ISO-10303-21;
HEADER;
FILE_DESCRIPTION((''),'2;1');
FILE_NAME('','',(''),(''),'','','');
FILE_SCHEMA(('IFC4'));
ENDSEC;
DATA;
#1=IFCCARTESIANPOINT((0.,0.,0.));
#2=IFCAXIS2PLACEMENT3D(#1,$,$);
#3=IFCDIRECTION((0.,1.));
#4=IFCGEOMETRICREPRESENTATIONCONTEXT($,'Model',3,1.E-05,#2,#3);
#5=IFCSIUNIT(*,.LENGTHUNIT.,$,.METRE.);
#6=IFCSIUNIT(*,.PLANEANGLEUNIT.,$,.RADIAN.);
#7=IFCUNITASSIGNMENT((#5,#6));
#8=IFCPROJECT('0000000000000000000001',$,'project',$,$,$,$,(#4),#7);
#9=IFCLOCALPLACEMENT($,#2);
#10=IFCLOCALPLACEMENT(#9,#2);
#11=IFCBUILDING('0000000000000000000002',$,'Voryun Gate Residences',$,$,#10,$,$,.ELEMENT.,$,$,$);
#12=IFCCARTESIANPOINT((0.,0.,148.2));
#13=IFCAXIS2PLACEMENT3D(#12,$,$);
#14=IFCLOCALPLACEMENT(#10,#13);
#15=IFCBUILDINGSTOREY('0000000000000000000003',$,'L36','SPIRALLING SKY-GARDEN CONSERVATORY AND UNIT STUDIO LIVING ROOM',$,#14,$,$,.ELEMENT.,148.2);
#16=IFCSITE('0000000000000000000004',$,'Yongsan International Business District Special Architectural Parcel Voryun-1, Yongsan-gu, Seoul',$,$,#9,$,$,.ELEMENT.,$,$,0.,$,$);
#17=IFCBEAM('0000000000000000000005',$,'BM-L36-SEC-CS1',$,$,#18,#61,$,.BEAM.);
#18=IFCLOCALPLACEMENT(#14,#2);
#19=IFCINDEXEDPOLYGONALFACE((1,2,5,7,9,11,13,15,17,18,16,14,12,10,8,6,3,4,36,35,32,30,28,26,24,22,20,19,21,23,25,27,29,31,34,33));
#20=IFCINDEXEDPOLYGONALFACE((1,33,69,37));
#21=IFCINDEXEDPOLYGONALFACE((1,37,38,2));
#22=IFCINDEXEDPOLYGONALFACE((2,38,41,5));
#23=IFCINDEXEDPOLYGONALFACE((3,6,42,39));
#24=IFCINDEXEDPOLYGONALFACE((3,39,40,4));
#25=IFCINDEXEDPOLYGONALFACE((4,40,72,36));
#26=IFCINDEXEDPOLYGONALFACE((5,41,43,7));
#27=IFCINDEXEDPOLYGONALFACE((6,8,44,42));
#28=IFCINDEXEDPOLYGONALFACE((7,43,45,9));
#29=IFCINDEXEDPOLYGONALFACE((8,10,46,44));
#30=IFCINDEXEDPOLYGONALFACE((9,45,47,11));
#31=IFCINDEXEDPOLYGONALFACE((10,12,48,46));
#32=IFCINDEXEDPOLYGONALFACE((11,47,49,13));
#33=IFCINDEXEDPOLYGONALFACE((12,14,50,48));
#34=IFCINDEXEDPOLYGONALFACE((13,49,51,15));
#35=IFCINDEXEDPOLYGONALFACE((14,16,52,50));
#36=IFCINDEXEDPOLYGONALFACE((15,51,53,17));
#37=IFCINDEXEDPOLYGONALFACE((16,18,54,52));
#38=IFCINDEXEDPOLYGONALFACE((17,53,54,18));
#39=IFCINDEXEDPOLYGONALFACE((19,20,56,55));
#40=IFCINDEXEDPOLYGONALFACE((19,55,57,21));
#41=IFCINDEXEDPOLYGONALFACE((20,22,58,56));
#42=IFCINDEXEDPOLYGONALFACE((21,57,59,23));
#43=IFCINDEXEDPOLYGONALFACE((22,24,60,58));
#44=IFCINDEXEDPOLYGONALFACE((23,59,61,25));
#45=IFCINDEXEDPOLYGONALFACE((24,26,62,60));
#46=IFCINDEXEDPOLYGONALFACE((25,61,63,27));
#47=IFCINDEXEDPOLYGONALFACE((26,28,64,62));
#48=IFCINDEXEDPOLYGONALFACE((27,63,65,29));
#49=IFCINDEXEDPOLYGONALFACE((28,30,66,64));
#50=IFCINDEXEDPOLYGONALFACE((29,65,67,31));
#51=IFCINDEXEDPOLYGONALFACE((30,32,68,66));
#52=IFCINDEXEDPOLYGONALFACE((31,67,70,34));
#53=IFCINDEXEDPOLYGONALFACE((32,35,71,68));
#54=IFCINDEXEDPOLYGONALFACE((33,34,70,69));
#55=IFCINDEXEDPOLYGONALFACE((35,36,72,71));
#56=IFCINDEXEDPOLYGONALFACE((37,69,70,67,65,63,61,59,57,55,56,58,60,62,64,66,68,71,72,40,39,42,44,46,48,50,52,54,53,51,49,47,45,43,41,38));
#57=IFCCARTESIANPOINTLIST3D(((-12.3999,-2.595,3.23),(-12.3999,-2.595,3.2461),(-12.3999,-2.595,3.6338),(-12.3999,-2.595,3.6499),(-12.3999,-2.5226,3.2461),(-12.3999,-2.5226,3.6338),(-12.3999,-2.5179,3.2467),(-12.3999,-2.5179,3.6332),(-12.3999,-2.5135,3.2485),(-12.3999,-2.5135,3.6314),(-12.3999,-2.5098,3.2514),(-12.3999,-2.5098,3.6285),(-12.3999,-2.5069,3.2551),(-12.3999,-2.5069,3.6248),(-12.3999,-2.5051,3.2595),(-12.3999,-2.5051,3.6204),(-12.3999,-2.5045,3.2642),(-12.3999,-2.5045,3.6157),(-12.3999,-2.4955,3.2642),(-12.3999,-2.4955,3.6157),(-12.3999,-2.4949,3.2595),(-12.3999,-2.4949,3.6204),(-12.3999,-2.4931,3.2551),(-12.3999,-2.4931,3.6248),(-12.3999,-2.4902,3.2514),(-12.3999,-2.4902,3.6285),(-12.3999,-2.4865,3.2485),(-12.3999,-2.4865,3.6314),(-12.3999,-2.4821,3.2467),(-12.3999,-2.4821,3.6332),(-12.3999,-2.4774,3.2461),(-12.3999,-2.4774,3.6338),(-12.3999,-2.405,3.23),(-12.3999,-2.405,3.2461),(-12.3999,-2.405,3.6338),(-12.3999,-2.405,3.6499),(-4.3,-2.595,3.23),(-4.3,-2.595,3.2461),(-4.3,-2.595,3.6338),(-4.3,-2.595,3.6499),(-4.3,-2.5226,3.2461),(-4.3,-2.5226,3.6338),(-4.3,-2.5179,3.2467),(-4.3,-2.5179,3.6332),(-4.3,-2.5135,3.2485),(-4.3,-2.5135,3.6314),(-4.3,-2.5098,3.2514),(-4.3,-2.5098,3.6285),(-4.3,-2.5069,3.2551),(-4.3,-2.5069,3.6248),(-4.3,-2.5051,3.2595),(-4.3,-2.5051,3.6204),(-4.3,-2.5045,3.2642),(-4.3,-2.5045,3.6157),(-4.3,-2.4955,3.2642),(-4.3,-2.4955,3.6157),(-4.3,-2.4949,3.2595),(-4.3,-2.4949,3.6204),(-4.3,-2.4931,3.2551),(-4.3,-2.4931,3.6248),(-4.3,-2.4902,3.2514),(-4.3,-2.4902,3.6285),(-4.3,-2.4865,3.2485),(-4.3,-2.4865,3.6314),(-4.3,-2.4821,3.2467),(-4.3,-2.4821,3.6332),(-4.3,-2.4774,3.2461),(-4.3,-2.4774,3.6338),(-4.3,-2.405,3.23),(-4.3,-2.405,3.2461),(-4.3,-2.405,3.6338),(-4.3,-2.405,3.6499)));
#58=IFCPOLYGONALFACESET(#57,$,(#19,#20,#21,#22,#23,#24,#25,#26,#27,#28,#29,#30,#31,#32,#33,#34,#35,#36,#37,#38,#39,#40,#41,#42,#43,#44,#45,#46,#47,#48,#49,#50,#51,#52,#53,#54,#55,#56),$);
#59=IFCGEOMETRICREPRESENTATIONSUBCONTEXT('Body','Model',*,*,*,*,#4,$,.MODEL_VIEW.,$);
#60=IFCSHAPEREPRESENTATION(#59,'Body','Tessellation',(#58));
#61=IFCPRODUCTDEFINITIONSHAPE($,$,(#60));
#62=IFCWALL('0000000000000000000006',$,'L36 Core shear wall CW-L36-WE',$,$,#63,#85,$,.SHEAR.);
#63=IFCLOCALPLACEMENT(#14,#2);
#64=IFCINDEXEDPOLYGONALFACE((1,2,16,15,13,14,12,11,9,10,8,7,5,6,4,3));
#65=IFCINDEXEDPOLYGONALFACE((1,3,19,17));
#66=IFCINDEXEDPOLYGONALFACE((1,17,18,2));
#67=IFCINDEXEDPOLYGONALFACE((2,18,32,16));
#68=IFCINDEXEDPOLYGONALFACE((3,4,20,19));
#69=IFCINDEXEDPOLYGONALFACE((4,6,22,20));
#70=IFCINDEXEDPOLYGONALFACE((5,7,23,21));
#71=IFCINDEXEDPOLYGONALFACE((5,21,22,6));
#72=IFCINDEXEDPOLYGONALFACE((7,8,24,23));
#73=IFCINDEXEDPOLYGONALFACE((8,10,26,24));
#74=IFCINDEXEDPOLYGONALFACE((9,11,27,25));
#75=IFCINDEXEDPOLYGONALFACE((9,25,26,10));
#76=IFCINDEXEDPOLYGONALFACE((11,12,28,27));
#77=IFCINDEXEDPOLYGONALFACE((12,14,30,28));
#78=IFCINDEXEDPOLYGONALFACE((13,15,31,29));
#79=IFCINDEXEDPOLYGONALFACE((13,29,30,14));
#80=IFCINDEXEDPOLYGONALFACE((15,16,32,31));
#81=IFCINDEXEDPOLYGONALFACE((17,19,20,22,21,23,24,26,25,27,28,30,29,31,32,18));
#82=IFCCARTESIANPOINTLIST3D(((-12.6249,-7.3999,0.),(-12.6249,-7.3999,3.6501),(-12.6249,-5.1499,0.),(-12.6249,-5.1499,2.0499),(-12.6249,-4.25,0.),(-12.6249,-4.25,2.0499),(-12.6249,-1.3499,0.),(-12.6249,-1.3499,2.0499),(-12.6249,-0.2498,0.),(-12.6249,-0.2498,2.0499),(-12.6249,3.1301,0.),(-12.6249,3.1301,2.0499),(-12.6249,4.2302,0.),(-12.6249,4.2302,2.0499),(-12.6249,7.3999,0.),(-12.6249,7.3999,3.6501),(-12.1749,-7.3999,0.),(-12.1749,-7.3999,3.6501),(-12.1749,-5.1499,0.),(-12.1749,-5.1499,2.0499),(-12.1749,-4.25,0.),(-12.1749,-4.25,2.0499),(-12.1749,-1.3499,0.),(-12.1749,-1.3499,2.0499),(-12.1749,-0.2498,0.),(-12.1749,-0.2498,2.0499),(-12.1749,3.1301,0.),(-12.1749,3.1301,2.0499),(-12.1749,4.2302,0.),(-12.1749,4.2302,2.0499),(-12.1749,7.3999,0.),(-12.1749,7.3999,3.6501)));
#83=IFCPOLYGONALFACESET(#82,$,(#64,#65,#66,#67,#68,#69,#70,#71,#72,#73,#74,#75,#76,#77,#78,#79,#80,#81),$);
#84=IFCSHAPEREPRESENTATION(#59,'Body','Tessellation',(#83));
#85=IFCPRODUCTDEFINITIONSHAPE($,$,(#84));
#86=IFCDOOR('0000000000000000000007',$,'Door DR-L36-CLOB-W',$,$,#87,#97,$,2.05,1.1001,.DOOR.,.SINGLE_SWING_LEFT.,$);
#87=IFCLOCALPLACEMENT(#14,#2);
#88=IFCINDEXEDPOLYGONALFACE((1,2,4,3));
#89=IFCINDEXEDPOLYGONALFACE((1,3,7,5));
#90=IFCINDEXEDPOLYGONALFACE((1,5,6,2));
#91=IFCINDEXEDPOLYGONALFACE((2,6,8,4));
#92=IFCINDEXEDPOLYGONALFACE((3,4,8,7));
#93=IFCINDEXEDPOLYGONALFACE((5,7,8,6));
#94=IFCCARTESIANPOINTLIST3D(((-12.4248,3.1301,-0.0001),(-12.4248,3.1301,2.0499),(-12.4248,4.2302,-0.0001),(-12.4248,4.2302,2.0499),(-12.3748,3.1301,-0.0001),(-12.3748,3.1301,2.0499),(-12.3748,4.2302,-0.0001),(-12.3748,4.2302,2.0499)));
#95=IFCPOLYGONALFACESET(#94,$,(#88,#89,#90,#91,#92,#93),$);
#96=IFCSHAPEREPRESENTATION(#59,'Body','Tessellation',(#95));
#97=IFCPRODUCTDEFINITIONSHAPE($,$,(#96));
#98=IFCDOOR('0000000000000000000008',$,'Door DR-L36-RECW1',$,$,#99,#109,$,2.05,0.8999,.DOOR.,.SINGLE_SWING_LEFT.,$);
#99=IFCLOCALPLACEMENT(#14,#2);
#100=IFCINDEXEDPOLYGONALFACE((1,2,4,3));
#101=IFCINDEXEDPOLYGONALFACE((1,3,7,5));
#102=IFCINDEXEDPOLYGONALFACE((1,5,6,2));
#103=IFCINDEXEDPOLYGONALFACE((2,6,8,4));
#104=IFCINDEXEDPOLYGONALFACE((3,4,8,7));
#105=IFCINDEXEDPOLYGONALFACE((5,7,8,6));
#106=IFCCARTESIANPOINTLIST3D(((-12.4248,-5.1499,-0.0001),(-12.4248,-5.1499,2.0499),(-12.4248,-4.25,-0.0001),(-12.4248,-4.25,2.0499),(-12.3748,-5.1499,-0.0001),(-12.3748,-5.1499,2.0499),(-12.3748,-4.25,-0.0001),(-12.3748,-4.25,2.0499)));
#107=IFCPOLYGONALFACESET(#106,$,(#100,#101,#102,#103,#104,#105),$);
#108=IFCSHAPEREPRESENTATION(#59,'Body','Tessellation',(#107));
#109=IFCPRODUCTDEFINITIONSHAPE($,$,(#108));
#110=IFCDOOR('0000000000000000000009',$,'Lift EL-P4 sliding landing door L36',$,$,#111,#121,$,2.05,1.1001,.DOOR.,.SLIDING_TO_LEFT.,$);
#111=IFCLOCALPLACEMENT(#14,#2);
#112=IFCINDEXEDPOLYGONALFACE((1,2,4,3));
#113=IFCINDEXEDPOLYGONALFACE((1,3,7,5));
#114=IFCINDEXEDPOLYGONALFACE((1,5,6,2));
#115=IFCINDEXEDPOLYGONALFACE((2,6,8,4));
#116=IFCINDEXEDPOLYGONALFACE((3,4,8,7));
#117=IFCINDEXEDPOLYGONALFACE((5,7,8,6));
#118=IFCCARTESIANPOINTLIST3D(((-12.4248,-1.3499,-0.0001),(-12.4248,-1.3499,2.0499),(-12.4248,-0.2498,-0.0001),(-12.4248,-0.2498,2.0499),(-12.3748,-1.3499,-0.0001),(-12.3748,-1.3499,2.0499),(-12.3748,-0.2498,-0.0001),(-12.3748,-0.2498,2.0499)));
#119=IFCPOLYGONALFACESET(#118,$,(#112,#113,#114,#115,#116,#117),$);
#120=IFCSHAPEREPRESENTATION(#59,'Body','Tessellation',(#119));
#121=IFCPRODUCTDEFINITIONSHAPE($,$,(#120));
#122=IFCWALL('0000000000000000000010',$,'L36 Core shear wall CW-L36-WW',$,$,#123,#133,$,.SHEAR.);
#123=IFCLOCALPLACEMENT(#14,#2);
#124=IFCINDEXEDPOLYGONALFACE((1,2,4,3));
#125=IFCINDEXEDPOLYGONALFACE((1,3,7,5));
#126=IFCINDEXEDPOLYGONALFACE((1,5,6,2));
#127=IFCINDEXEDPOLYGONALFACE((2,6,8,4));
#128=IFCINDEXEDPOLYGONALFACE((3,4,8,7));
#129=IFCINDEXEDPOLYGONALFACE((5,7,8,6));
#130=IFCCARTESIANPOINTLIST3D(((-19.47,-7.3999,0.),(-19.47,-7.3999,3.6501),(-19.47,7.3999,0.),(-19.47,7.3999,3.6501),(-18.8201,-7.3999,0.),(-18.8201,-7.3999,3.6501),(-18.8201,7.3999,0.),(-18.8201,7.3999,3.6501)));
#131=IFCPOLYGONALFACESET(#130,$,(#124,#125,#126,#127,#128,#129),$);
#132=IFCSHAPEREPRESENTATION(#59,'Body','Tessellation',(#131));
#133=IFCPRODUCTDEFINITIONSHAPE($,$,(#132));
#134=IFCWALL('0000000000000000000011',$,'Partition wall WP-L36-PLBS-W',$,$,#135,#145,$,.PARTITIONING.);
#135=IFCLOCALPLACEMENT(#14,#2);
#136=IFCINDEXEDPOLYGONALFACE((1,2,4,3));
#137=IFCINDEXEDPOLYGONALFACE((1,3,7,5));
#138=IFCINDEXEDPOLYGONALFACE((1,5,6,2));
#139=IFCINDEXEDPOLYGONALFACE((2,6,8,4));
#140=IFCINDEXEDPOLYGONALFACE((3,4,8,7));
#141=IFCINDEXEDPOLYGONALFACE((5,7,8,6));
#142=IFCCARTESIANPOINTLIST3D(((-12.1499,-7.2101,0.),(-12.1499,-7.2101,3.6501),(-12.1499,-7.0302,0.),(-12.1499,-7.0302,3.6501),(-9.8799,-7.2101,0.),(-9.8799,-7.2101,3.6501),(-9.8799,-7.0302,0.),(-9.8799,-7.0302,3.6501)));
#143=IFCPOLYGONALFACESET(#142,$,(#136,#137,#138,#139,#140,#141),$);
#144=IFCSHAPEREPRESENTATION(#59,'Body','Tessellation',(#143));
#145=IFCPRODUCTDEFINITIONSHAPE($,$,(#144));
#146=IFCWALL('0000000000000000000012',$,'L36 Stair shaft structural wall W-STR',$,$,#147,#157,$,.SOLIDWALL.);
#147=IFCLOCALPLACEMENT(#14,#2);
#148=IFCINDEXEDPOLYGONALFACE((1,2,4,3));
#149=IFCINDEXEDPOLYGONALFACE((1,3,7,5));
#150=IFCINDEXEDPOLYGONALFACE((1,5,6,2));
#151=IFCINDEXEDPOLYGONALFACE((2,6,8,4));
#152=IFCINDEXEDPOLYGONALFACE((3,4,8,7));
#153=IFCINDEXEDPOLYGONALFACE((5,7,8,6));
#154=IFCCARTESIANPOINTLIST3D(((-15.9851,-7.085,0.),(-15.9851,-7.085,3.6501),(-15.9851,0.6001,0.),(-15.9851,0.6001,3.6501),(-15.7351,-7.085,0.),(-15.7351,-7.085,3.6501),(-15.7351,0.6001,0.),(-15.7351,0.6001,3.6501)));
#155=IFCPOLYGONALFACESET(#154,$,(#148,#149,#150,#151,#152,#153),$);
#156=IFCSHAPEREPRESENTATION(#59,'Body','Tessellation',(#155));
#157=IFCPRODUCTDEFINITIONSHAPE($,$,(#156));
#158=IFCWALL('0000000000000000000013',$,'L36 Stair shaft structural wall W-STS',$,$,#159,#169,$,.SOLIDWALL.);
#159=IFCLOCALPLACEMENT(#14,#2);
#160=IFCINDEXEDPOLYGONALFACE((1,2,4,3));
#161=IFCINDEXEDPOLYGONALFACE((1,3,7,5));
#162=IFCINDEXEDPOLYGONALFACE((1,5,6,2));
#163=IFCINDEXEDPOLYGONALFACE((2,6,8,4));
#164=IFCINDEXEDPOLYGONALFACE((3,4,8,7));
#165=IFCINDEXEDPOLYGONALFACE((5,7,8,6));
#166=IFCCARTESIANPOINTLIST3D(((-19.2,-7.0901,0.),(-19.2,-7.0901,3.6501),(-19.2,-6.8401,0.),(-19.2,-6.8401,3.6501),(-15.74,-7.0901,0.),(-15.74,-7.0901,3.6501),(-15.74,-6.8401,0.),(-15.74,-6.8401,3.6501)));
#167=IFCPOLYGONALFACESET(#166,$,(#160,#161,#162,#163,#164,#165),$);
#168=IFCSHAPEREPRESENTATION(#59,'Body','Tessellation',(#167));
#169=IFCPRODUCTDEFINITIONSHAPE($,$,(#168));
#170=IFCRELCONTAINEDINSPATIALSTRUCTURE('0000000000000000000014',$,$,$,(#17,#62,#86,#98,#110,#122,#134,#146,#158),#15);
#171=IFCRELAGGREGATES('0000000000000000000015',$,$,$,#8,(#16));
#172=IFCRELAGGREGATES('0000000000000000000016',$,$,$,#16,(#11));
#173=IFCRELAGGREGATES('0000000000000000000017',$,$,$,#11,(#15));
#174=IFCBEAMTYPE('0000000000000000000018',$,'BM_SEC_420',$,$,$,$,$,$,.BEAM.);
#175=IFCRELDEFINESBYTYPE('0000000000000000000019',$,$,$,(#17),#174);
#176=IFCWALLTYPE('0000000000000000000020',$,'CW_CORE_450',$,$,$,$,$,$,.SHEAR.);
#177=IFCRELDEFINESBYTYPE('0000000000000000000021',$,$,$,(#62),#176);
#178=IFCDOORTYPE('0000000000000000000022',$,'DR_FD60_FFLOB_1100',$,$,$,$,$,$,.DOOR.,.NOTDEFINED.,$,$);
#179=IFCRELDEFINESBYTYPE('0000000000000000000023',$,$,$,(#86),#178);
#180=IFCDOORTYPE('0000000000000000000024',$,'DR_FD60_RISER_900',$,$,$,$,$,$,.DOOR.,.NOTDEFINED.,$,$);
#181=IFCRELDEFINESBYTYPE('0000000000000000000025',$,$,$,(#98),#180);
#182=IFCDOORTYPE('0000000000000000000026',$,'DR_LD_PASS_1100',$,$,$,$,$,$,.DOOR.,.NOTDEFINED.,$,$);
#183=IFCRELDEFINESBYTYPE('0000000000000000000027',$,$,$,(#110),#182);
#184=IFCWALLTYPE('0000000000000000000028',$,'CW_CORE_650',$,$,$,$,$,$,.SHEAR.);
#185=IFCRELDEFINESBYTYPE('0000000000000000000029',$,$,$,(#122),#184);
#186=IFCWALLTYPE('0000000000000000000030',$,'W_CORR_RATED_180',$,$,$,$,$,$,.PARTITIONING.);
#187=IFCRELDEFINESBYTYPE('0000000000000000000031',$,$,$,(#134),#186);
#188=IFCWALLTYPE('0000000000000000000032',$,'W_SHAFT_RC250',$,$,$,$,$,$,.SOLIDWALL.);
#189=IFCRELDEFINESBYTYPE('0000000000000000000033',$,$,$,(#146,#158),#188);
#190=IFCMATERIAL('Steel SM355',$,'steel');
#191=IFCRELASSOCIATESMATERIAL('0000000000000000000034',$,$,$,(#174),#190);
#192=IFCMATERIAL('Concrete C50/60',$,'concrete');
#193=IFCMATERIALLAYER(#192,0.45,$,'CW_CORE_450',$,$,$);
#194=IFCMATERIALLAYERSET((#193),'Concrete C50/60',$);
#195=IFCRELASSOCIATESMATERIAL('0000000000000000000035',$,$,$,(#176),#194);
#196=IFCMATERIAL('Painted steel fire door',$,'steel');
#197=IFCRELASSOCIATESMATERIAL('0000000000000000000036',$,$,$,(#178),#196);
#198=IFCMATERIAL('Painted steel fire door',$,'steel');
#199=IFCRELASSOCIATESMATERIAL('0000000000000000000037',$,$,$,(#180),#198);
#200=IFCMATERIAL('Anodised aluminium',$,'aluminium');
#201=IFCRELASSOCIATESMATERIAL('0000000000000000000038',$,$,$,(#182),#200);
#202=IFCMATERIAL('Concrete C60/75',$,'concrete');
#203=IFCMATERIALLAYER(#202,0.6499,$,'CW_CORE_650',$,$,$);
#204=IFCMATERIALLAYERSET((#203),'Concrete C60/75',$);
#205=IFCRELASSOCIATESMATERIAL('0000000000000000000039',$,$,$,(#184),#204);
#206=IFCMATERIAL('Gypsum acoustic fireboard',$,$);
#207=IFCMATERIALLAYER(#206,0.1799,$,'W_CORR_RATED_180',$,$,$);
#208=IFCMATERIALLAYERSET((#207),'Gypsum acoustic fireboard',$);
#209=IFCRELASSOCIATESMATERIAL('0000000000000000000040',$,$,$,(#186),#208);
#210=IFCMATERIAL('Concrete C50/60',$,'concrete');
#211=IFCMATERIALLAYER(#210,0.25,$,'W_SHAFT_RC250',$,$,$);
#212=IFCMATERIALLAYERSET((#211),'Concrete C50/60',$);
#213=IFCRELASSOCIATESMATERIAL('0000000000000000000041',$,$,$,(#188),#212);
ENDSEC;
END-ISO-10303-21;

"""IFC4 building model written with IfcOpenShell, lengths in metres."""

from ifc_helpers import new_model, si_unit, direction, frame, frame_2d, origin, origin_2d, place, context, subcontext, project, spatial, rectangle, i_section, extrude, material, layer, layer_set, material_profile, profile_set, type_object, element, fill, save


model = new_model("IFC4")

# Units and contexts
model_context = context("Model", 3, precision=1e-05, world=origin(), true_north=direction((0.0, 1.0)))
body_context = subcontext(model_context, "Body", "Model", "MODEL_VIEW")
ifc_project = project(units=[si_unit("LENGTHUNIT", "METRE"), si_unit("PLANEANGLEUNIT", "RADIAN")], contexts=[model_context])

# Site, building, storey
site_placement = place(None, origin())
site = spatial("IfcSite", under=ifc_project, at=site_placement, Name="Yongsan International Business District Special Architectural Parcel Voryun-1, Yongsan-gu, Seoul", CompositionType="ELEMENT", RefElevation=0.0)
building_placement = place(site_placement, origin())
building = spatial("IfcBuilding", under=site, at=building_placement, Name="Voryun Gate Residences", CompositionType="ELEMENT")
storey_placement = place(building_placement, frame((0.0, 0.0, 148.2)))
storey = spatial("IfcBuildingStorey", under=building, at=storey_placement, Name="L36", Description="SPIRALLING SKY-GARDEN CONSERVATORY AND UNIT STUDIO LIVING ROOM", CompositionType="ELEMENT", Elevation=148.2)

# Beam
ifc_material_1 = material(Name="Steel SM355", Category="steel")
ifc_material_profile_1 = material_profile(ifc_material_1, i_section(OverallWidth=0.1899, OverallDepth=0.4199, WebThickness=0.009, FlangeThickness=0.0161, FilletRadius=0.0181, at=origin_2d()), Name="H-420x190x9x16")
ifc_profile_set_1 = profile_set([ifc_material_profile_1], Name="Steel SM355")
beam_type_1 = type_object("IfcBeamType", Name="BM_SEC_420", PredefinedType="BEAM", material=ifc_profile_set_1)
beam_1_placement = place(storey_placement, frame((-12.3999, -2.5, 3.4399), z_axis=(1.0, 0.0, 0.0), x_axis=(0.0, 1.0, 0.0)))
element("IfcBeam", 1, at=beam_1_placement, inside=storey, type_object=beam_type_1, Name="BM-L36-SEC-CS1", PredefinedType="BEAM", context=body_context, shape_type="SweptSolid", body=[
    extrude(i_section(OverallWidth=0.1899, OverallDepth=0.4199, WebThickness=0.009, FlangeThickness=0.0161, FilletRadius=0.0181, at=origin_2d()), origin(), (0.0, 0.0, 1.0), 8.0999),
])

# Wall, openings, doors
ifc_material_2 = material(Name="Concrete C50/60", Category="concrete")
ifc_layer_1 = layer(ifc_material_2, 0.45, Name="CW_CORE_450")
ifc_layer_set_1 = layer_set([ifc_layer_1], Name="Concrete C50/60")
wall_type_1 = type_object("IfcWallType", Name="CW_CORE_450", PredefinedType="SHEAR", material=ifc_layer_set_1)
wall_1_placement = place(storey_placement, frame((-12.3999, -7.3999, 0.0), z_axis=(0.0, 0.0, 1.0), x_axis=(0.0, 1.0, 0.0)))
wall_1 = element("IfcWall", 2, at=wall_1_placement, inside=storey, type_object=wall_type_1, Name="L36 Core shear wall CW-L36-WE", PredefinedType="SHEAR", context=body_context, shape_type="SweptSolid", body=[
    extrude(rectangle(XDim=14.7998, YDim=0.45, at=frame_2d((7.3999, 0.0))), origin(), (0.0, 0.0, 1.0), 3.6501),
])
opening_1_placement = place(wall_1_placement, frame((6.05, 0.0, 0.0)))
opening_1 = element("IfcOpeningElement", 3, at=opening_1_placement, cuts=wall_1, PredefinedType="OPENING", context=body_context, shape_type="SweptSolid", body=[
    extrude(rectangle(XDim=1.1001, YDim=2.05, at=frame_2d((0.55, 1.0249))), frame((0.0, 0.2351, 0.0), z_axis=(0.0, -1.0, 0.0), x_axis=(1.0, 0.0, 0.0)), (0.0, 0.0, 1.0), 0.47),
])
opening_2_placement = place(wall_1_placement, frame((10.53, 0.0, 0.0)))
opening_2 = element("IfcOpeningElement", 4, at=opening_2_placement, cuts=wall_1, PredefinedType="OPENING", context=body_context, shape_type="SweptSolid", body=[
    extrude(rectangle(XDim=1.1001, YDim=2.05, at=frame_2d((0.55, 1.0249))), frame((0.0, 0.2351, 0.0), z_axis=(0.0, -1.0, 0.0), x_axis=(1.0, 0.0, 0.0)), (0.0, 0.0, 1.0), 0.47),
])
opening_3_placement = place(wall_1_placement, frame((2.25, 0.0, 0.0)))
opening_3 = element("IfcOpeningElement", 5, at=opening_3_placement, cuts=wall_1, PredefinedType="OPENING", context=body_context, shape_type="SweptSolid", body=[
    extrude(rectangle(XDim=0.8999, YDim=2.05, at=frame_2d((0.45, 1.0249))), frame((0.0, 0.2351, 0.0), z_axis=(0.0, -1.0, 0.0), x_axis=(1.0, 0.0, 0.0)), (0.0, 0.0, 1.0), 0.47),
])
ifc_material_3 = material(Name="Painted steel fire door", Category="steel")
door_type_1 = type_object("IfcDoorType", Name="DR_FD60_FFLOB_1100", OperationType="NOTDEFINED", PredefinedType="DOOR", material=ifc_material_3)
door_1_placement = place(opening_2_placement, origin())
door_1 = element("IfcDoor", 6, at=door_1_placement, inside=storey, type_object=door_type_1, Name="Door DR-L36-CLOB-W", OperationType="SINGLE_SWING_LEFT", OverallHeight=2.05, OverallWidth=1.1001, PredefinedType="DOOR", context=body_context, shape_type="SweptSolid", body=[
    extrude(rectangle(XDim=1.1001, YDim=2.05, at=frame_2d((0.55, 1.0249))), frame((0.0, 0.0249, 0.0), z_axis=(0.0, -1.0, 0.0), x_axis=(1.0, 0.0, 0.0)), (0.0, 0.0, 1.0), 0.05),
])
fill(opening_2, door_1)
ifc_material_4 = material(Name="Painted steel fire door", Category="steel")
door_type_2 = type_object("IfcDoorType", Name="DR_FD60_RISER_900", OperationType="NOTDEFINED", PredefinedType="DOOR", material=ifc_material_4)
door_2_placement = place(opening_3_placement, origin())
door_2 = element("IfcDoor", 7, at=door_2_placement, inside=storey, type_object=door_type_2, Name="Door DR-L36-RECW1", OperationType="SINGLE_SWING_LEFT", OverallHeight=2.05, OverallWidth=0.8999, PredefinedType="DOOR", context=body_context, shape_type="SweptSolid", body=[
    extrude(rectangle(XDim=0.8999, YDim=2.05, at=frame_2d((0.45, 1.0249))), frame((0.0, 0.0249, 0.0), z_axis=(0.0, -1.0, 0.0), x_axis=(1.0, 0.0, 0.0)), (0.0, 0.0, 1.0), 0.05),
])
fill(opening_3, door_2)
ifc_material_5 = material(Name="Anodised aluminium", Category="aluminium")
door_type_3 = type_object("IfcDoorType", Name="DR_LD_PASS_1100", OperationType="NOTDEFINED", PredefinedType="DOOR", material=ifc_material_5)
door_3_placement = place(opening_1_placement, origin())
door_3 = element("IfcDoor", 8, at=door_3_placement, inside=storey, type_object=door_type_3, Name="Lift EL-P4 sliding landing door L36", OperationType="SLIDING_TO_LEFT", OverallHeight=2.05, OverallWidth=1.1001, PredefinedType="DOOR", context=body_context, shape_type="SweptSolid", body=[
    extrude(rectangle(XDim=1.1001, YDim=2.05, at=frame_2d((0.55, 1.0249))), frame((0.0, 0.0249, 0.0), z_axis=(0.0, -1.0, 0.0), x_axis=(1.0, 0.0, 0.0)), (0.0, 0.0, 1.0), 0.05),
])
fill(opening_1, door_3)

# Walls
ifc_material_6 = material(Name="Concrete C60/75", Category="concrete")
ifc_layer_2 = layer(ifc_material_6, 0.6499, Name="CW_CORE_650")
ifc_layer_set_2 = layer_set([ifc_layer_2], Name="Concrete C60/75")
wall_type_2 = type_object("IfcWallType", Name="CW_CORE_650", PredefinedType="SHEAR", material=ifc_layer_set_2)
wall_2_placement = place(storey_placement, frame((-19.145, -7.3999, 0.0), z_axis=(0.0, 0.0, 1.0), x_axis=(0.0, 1.0, 0.0)))
element("IfcWall", 9, at=wall_2_placement, inside=storey, type_object=wall_type_2, Name="L36 Core shear wall CW-L36-WW", PredefinedType="SHEAR", context=body_context, shape_type="SweptSolid", body=[
    extrude(rectangle(XDim=14.7998, YDim=0.6499, at=frame_2d((7.3999, 0.0))), origin(), (0.0, 0.0, 1.0), 3.6501),
])
ifc_material_7 = material(Name="Gypsum acoustic fireboard")
ifc_layer_3 = layer(ifc_material_7, 0.1799, Name="W_CORR_RATED_180")
ifc_layer_set_3 = layer_set([ifc_layer_3], Name="Gypsum acoustic fireboard")
wall_type_3 = type_object("IfcWallType", Name="W_CORR_RATED_180", PredefinedType="PARTITIONING", material=ifc_layer_set_3)
wall_3_placement = place(storey_placement, frame((-12.1499, -7.1201, 0.0), z_axis=(0.0, 0.0, 1.0), x_axis=(1.0, 0.0, 0.0)))
element("IfcWall", 10, at=wall_3_placement, inside=storey, type_object=wall_type_3, Name="Partition wall WP-L36-PLBS-W", PredefinedType="PARTITIONING", context=body_context, shape_type="SweptSolid", body=[
    extrude(rectangle(XDim=2.27, YDim=0.1799, at=frame_2d((1.135, 0.0))), origin(), (0.0, 0.0, 1.0), 3.6501),
])
ifc_material_8 = material(Name="Concrete C50/60", Category="concrete")
ifc_layer_4 = layer(ifc_material_8, 0.25, Name="W_SHAFT_RC250")
ifc_layer_set_4 = layer_set([ifc_layer_4], Name="Concrete C50/60")
wall_type_4 = type_object("IfcWallType", Name="W_SHAFT_RC250", PredefinedType="SOLIDWALL", material=ifc_layer_set_4)
wall_4_placement = place(storey_placement, frame((-15.8601, -7.085, 0.0), z_axis=(0.0, 0.0, 1.0), x_axis=(0.0, 1.0, 0.0)))
element("IfcWall", 11, at=wall_4_placement, inside=storey, type_object=wall_type_4, Name="L36 Stair shaft structural wall W-STR", PredefinedType="SOLIDWALL", context=body_context, shape_type="SweptSolid", body=[
    extrude(rectangle(XDim=7.6851, YDim=0.25, at=frame_2d((3.8425, 0.0))), origin(), (0.0, 0.0, 1.0), 3.6501),
])
wall_5_placement = place(storey_placement, frame((-19.2, -6.9651, 0.0), z_axis=(0.0, 0.0, 1.0), x_axis=(1.0, 0.0, 0.0)))
element("IfcWall", 12, at=wall_5_placement, inside=storey, type_object=wall_type_4, Name="L36 Stair shaft structural wall W-STS", PredefinedType="SOLIDWALL", context=body_context, shape_type="SweptSolid", body=[
    extrude(rectangle(XDim=3.46, YDim=0.25, at=frame_2d((1.73, 0.0))), origin(), (0.0, 0.0, 1.0), 3.6501),
])

save(model, "model.ifc")
